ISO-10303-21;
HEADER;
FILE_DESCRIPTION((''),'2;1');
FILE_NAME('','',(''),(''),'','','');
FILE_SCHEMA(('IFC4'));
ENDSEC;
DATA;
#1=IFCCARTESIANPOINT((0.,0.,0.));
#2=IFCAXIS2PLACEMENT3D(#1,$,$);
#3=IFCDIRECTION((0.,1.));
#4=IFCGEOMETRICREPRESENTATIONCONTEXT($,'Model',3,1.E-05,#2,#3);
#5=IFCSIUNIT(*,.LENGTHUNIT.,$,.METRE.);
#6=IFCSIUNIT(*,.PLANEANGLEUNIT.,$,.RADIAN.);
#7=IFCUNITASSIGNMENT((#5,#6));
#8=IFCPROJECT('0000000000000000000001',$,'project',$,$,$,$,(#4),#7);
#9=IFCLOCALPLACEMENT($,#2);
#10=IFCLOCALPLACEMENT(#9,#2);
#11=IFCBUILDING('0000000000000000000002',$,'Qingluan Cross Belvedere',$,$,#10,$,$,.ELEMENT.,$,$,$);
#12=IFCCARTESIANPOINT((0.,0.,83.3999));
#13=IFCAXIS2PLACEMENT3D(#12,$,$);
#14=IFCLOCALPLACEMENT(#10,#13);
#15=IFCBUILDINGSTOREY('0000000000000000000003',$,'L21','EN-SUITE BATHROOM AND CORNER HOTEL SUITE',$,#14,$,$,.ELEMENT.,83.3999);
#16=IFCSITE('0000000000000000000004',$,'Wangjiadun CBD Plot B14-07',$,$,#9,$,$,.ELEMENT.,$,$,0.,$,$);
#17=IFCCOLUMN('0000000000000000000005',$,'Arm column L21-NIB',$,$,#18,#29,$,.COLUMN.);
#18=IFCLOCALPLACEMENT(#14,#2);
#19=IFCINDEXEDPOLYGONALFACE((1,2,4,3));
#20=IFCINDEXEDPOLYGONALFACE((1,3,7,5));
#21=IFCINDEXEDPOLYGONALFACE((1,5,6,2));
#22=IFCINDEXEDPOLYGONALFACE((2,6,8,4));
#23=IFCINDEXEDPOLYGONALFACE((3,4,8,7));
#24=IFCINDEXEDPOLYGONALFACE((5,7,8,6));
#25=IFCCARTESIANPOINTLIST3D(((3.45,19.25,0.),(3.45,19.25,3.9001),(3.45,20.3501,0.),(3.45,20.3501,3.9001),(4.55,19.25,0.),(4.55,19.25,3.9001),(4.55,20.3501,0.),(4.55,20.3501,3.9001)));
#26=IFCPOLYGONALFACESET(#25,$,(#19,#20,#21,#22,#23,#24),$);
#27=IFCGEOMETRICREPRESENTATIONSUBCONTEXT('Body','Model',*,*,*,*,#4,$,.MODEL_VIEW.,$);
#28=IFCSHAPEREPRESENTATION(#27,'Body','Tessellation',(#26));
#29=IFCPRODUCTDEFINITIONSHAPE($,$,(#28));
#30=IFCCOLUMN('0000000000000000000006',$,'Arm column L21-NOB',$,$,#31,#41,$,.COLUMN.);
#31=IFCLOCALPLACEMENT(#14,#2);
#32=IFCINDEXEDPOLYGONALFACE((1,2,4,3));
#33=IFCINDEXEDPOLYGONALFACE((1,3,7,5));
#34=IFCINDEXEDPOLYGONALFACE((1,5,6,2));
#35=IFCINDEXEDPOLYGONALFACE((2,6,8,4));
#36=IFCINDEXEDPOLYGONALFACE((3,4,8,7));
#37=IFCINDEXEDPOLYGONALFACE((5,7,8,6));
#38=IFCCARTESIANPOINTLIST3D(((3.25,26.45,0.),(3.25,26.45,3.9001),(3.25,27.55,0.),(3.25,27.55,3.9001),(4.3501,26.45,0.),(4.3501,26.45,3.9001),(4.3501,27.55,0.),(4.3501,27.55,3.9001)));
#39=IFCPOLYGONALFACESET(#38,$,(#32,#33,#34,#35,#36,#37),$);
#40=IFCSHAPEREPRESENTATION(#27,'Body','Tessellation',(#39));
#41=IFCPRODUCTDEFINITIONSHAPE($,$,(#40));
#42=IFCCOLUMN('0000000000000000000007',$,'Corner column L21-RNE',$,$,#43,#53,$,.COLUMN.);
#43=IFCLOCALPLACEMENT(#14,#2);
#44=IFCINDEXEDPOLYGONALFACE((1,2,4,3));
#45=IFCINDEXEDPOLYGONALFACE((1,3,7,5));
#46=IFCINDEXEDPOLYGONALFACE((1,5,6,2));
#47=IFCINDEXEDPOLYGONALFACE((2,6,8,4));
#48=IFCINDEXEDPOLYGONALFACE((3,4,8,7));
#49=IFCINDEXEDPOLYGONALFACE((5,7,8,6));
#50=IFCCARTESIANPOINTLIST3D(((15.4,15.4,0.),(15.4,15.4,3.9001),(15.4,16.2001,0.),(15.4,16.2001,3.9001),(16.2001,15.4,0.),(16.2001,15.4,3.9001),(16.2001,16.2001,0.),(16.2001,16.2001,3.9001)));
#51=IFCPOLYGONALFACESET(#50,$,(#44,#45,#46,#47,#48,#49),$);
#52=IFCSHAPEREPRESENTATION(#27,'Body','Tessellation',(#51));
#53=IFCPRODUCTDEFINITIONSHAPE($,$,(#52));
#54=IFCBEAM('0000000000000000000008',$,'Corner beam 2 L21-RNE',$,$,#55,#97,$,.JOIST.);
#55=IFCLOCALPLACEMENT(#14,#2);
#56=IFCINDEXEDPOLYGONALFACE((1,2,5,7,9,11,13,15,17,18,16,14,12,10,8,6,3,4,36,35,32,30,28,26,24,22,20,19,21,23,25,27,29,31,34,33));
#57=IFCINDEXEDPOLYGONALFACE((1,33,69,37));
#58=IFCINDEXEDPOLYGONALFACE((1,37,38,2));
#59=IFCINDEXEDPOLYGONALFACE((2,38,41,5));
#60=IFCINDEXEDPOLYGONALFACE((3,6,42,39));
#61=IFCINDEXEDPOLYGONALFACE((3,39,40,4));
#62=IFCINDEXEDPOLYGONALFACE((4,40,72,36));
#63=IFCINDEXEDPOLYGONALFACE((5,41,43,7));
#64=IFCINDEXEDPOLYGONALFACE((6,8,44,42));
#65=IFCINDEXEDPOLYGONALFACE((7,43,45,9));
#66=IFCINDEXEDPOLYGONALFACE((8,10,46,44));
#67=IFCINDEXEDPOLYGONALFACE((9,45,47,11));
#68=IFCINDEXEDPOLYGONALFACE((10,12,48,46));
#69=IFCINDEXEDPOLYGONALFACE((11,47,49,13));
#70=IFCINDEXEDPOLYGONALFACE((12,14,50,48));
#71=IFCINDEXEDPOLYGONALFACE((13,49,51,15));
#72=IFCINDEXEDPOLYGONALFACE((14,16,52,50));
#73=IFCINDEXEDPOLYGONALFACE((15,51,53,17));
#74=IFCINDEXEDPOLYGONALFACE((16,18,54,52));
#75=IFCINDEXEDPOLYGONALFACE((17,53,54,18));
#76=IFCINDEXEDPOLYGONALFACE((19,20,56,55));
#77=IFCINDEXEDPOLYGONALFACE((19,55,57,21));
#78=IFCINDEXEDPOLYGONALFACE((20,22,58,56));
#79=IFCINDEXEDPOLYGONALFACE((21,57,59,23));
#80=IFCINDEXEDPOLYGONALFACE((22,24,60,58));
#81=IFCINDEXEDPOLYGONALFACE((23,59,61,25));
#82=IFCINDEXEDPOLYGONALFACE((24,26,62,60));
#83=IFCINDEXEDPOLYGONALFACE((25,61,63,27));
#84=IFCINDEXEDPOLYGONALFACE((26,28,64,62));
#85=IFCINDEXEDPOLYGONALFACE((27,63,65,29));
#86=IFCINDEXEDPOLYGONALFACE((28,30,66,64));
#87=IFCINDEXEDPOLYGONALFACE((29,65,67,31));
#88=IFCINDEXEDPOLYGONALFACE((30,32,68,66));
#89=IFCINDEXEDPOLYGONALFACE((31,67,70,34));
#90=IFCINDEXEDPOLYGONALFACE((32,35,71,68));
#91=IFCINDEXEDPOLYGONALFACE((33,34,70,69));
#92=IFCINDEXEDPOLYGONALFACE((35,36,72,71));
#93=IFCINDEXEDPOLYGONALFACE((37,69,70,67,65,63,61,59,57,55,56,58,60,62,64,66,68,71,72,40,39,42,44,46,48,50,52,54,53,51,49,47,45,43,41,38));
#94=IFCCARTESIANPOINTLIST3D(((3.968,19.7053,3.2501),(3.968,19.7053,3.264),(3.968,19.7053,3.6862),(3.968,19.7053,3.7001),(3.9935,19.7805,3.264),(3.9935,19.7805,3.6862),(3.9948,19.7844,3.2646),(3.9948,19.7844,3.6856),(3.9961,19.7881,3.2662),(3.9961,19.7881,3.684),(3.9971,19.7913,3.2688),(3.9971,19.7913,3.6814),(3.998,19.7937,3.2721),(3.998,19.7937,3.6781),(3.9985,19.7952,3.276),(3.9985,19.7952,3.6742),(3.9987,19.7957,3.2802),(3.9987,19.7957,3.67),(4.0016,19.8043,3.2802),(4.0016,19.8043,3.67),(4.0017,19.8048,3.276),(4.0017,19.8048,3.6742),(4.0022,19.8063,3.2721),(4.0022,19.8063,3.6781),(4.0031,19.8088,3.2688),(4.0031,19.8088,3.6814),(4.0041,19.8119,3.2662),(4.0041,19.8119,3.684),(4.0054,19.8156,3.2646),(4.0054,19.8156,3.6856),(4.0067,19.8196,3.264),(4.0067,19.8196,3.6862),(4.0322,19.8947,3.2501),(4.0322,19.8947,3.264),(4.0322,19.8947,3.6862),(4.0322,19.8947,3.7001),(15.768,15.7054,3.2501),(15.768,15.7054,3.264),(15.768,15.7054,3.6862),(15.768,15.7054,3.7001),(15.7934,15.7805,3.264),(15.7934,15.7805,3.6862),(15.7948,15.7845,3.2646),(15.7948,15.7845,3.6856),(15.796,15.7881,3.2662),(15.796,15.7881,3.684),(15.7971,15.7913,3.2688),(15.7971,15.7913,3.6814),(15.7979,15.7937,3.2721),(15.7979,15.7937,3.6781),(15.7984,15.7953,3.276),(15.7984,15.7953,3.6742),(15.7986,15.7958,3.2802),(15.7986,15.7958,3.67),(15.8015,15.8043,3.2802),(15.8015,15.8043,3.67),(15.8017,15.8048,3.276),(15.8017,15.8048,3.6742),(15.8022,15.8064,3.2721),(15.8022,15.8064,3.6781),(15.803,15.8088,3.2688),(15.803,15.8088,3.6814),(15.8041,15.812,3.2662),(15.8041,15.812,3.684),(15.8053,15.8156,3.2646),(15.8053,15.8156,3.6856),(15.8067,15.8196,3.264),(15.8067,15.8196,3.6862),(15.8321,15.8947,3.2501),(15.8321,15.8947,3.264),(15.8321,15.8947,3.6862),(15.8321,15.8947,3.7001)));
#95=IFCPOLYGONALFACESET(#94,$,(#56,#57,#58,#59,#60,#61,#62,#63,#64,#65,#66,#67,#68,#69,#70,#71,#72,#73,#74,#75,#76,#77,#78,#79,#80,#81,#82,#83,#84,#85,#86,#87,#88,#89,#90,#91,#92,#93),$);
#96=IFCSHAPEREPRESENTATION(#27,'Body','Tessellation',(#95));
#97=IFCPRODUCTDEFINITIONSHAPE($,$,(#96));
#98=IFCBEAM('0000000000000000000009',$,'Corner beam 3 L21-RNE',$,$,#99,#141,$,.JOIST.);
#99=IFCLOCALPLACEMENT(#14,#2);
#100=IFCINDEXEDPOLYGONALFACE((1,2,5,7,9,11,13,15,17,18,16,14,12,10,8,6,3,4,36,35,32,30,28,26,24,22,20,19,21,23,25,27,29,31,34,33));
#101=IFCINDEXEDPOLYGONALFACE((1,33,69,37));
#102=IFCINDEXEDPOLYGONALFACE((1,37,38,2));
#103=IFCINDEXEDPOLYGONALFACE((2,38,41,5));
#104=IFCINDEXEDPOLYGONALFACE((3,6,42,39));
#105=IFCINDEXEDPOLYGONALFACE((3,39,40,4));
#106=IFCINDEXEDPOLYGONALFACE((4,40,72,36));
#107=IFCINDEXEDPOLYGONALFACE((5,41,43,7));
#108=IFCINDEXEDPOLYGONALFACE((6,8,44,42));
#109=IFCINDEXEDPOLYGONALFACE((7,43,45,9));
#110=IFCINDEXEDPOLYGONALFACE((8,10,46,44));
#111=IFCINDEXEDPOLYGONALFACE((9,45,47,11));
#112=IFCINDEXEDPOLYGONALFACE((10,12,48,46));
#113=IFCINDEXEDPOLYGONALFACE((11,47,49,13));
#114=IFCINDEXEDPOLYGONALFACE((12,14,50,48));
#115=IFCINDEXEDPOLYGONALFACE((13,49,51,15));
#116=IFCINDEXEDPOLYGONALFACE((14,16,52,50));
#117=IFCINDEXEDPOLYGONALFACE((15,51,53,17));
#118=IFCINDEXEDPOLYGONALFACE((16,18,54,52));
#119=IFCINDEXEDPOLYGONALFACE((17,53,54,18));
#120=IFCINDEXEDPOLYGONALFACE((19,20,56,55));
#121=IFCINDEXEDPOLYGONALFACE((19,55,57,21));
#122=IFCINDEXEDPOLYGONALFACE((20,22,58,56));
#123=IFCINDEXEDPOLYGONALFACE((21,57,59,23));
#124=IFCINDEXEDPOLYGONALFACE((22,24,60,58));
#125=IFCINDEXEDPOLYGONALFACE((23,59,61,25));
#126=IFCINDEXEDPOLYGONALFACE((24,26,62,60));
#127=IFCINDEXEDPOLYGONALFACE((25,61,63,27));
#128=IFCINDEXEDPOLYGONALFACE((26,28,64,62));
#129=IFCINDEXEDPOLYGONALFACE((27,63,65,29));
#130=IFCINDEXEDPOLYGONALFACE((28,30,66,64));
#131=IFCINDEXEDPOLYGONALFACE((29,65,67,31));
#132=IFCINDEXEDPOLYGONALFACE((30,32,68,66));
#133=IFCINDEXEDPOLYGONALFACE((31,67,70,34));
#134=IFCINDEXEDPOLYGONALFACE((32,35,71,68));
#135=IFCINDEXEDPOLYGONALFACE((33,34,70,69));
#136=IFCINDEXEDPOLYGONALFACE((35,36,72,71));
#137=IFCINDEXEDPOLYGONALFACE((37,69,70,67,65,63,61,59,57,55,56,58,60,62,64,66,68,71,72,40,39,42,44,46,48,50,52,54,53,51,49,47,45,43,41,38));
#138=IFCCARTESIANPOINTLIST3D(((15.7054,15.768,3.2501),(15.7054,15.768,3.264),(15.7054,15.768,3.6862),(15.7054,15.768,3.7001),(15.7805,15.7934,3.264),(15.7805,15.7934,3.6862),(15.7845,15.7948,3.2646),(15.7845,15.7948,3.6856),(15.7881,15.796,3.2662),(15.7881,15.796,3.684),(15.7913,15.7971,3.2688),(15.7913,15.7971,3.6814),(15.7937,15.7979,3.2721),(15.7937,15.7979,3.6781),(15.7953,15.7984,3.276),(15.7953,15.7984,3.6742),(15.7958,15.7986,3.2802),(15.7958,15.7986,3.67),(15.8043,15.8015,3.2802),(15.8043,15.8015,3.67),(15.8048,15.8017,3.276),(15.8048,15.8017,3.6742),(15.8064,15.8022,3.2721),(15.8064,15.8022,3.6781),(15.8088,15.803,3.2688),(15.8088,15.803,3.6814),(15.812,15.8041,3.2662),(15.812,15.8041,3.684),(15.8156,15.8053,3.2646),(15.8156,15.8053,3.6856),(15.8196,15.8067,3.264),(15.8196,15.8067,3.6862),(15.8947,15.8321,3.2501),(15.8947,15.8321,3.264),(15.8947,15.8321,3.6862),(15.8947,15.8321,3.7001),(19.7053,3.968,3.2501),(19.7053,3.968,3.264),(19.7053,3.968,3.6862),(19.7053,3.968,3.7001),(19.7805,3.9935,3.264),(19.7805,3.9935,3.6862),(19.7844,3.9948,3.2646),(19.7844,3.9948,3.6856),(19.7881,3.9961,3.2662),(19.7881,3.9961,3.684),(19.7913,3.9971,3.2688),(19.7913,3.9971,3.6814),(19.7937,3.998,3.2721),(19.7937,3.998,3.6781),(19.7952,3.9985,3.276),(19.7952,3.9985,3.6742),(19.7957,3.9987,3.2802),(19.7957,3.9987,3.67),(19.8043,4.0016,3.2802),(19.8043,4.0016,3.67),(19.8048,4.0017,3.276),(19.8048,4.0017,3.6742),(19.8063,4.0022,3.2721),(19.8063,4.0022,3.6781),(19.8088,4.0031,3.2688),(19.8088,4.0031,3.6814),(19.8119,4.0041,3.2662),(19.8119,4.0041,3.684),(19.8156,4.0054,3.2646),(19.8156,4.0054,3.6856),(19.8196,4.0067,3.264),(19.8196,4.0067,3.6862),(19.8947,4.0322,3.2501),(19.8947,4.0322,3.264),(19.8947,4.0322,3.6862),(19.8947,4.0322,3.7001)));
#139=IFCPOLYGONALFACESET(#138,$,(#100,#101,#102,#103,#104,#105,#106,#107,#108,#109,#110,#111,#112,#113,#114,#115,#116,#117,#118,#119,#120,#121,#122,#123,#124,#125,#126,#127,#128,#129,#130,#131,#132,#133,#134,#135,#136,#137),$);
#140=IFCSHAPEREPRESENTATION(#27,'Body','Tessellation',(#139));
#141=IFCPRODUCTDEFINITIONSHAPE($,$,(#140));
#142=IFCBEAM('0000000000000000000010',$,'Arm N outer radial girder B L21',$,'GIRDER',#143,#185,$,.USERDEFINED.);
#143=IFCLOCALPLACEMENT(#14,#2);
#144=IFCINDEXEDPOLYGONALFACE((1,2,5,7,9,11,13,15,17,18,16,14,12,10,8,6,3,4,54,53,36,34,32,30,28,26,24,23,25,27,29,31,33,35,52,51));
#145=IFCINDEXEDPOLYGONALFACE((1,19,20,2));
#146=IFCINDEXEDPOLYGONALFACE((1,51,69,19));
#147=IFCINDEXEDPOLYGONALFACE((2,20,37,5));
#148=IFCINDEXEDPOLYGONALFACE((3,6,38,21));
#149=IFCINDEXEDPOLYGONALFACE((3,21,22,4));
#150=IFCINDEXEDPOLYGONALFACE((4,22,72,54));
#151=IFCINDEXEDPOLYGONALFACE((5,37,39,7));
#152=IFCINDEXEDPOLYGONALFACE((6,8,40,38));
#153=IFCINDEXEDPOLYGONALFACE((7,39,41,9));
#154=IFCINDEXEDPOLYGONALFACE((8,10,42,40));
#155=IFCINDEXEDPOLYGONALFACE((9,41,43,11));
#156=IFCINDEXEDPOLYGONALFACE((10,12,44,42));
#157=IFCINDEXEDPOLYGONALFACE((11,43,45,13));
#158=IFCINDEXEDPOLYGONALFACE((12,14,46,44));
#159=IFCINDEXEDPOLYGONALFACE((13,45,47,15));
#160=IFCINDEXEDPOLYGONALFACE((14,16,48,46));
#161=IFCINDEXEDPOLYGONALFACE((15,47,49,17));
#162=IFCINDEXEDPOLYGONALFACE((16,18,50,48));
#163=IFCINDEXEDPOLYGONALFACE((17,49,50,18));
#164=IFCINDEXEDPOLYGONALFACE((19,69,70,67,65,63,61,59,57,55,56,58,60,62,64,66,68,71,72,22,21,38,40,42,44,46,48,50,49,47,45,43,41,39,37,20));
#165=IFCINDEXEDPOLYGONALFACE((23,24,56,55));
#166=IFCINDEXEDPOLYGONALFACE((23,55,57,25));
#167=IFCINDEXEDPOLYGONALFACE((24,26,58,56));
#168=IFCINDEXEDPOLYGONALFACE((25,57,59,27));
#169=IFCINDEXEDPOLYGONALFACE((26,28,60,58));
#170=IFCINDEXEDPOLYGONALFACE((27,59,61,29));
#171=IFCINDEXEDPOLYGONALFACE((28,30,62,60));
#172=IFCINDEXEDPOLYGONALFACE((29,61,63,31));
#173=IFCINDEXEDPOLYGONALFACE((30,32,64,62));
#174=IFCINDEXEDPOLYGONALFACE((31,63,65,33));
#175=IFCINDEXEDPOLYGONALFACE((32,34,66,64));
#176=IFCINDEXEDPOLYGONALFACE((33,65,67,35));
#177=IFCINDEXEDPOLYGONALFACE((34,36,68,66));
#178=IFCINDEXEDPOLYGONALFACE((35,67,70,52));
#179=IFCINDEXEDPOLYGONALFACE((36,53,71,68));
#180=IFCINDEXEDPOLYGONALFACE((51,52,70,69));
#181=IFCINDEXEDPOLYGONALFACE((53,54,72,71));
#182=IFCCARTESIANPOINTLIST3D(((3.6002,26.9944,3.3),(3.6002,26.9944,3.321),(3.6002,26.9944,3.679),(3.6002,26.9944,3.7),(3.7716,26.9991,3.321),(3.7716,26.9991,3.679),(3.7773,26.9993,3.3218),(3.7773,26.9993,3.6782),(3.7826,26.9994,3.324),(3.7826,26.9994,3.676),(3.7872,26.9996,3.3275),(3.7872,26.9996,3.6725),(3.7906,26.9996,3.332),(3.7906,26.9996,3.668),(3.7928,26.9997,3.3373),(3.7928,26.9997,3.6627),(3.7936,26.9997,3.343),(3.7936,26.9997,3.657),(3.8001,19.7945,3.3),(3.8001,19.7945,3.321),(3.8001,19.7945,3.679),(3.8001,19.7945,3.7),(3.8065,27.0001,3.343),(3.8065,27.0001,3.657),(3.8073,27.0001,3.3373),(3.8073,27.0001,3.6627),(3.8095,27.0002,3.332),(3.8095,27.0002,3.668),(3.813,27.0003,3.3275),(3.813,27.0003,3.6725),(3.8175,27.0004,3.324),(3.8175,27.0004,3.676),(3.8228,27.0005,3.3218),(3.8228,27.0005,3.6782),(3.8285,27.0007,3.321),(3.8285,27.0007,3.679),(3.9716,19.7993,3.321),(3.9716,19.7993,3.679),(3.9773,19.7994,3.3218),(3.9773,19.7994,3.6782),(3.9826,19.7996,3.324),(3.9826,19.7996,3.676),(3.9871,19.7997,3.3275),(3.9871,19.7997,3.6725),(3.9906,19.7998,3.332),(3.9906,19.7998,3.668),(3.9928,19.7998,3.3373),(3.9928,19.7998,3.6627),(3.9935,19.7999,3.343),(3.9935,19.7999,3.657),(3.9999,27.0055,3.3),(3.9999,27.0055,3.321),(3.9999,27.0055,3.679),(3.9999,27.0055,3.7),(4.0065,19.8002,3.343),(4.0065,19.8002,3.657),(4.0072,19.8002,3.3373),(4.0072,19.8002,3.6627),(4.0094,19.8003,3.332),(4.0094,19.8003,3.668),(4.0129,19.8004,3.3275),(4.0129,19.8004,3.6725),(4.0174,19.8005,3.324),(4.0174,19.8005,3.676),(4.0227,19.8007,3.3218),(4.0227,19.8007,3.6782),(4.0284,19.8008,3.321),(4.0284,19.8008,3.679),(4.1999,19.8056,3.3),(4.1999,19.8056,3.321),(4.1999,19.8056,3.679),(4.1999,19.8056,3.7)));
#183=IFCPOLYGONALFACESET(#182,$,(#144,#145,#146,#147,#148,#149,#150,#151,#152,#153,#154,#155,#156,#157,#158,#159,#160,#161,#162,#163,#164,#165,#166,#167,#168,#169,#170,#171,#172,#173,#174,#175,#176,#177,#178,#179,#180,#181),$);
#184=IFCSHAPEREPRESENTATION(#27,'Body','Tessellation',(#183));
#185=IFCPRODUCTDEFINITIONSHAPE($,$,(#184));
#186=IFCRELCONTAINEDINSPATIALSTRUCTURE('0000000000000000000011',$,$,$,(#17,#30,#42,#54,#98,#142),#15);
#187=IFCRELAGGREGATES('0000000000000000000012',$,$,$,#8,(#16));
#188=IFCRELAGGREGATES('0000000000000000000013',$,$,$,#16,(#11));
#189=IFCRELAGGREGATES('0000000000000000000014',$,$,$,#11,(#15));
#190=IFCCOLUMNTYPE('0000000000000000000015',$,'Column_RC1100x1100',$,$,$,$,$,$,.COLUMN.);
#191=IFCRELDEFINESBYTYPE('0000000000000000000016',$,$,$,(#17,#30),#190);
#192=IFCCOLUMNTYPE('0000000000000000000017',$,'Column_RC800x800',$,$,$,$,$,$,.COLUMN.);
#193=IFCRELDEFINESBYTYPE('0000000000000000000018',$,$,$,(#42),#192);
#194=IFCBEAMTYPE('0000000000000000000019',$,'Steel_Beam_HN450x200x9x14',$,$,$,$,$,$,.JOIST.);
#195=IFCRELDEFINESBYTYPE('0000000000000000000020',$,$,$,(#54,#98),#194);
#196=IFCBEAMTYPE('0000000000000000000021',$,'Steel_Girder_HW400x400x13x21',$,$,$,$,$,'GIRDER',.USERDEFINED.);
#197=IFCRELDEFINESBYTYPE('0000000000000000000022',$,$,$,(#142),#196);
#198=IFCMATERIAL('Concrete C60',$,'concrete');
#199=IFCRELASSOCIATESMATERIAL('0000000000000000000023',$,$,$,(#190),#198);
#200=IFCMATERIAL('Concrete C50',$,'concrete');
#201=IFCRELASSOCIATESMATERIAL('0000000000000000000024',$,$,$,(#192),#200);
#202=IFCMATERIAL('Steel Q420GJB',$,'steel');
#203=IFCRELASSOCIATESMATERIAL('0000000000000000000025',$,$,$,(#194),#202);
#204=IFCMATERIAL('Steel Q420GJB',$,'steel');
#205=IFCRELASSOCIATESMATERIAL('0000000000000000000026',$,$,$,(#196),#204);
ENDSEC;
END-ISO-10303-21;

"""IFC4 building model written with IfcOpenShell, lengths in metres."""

from ifc_helpers import new_model, si_unit, direction, frame, origin, origin_2d, place, context, subcontext, project, spatial, rectangle, i_section, extrude, material, material_profile, profile_set, type_object, element, save


model = new_model("IFC4")

# Units and contexts
model_context = context("Model", 3, precision=1e-05, world=origin(), true_north=direction((0.0, 1.0)))
body_context = subcontext(model_context, "Body", "Model", "MODEL_VIEW")
ifc_project = project(units=[si_unit("LENGTHUNIT", "METRE"), si_unit("PLANEANGLEUNIT", "RADIAN")], contexts=[model_context])

# Site, building, storey
site_placement = place(None, origin())
site = spatial("IfcSite", under=ifc_project, at=site_placement, Name="Wangjiadun CBD Plot B14-07", CompositionType="ELEMENT", RefElevation=0.0)
building_placement = place(site_placement, origin())
building = spatial("IfcBuilding", under=site, at=building_placement, Name="Qingluan Cross Belvedere", CompositionType="ELEMENT")
storey_placement = place(building_placement, frame((0.0, 0.0, 83.3999)))
storey = spatial("IfcBuildingStorey", under=building, at=storey_placement, Name="L21", Description="EN-SUITE BATHROOM AND CORNER HOTEL SUITE", CompositionType="ELEMENT", Elevation=83.3999)

# Columns
ifc_material_1 = material(Name="Concrete C60", Category="concrete")
ifc_material_profile_1 = material_profile(ifc_material_1, rectangle(XDim=1.1001, YDim=1.1001, at=origin_2d()), Name="RC1100x1100")
ifc_profile_set_1 = profile_set([ifc_material_profile_1], Name="Concrete C60")
column_type_1 = type_object("IfcColumnType", Name="Column_RC1100x1100", PredefinedType="COLUMN", material=ifc_profile_set_1)
for number, where, z_axis, x_axis, name in (
    (1, (4.0, 19.8, 0.0), (0.0, 0.0, 1.0), (1.0, 0.0, 0.0), "Arm column L21-NIB"),
    (2, (3.8, 27.0, 0.0), (0.0, 0.0, 1.0), (1.0, 0.0, 0.0), "Arm column L21-NOB"),
):
    element("IfcColumn", number, at=place(storey_placement, frame(where, z_axis=z_axis, x_axis=x_axis)), inside=storey, type_object=column_type_1, Name=name, PredefinedType="COLUMN", context=body_context, shape_type="SweptSolid", body=[
        extrude(rectangle(XDim=1.1001, YDim=1.1001, at=origin_2d()), origin(), (0.0, 0.0, 1.0), 3.9001),
    ])
ifc_material_2 = material(Name="Concrete C50", Category="concrete")
ifc_material_profile_2 = material_profile(ifc_material_2, rectangle(XDim=0.8, YDim=0.8, at=origin_2d()), Name="RC800x800")
ifc_profile_set_2 = profile_set([ifc_material_profile_2], Name="Concrete C50")
column_type_2 = type_object("IfcColumnType", Name="Column_RC800x800", PredefinedType="COLUMN", material=ifc_profile_set_2)
column_placement = place(storey_placement, frame((15.8, 15.8, 0.0), z_axis=(0.0, 0.0, 1.0), x_axis=(1.0, 0.0, 0.0)))
element("IfcColumn", 3, at=column_placement, inside=storey, type_object=column_type_2, Name="Corner column L21-RNE", PredefinedType="COLUMN", context=body_context, shape_type="SweptSolid", body=[
    extrude(rectangle(XDim=0.8, YDim=0.8, at=origin_2d()), origin(), (0.0, 0.0, 1.0), 3.9001),
])

# Beams
ifc_material_3 = material(Name="Steel Q420GJB", Category="steel")
ifc_material_profile_3 = material_profile(ifc_material_3, i_section(OverallWidth=0.2, OverallDepth=0.45, WebThickness=0.009, FlangeThickness=0.0139, FilletRadius=0.0161, at=origin_2d()), Name="HN450x200x9x14")
ifc_profile_set_3 = profile_set([ifc_material_profile_3], Name="Steel Q420GJB")
beam_type_1 = type_object("IfcBeamType", Name="Steel_Beam_HN450x200x9x14", PredefinedType="JOIST", material=ifc_profile_set_3)
for number, where, z_axis, x_axis, name in (
    (4, (15.8, 15.8, 3.4751), (-0.947066, 0.321038, 0.0), (-0.321038, -0.947066, 0.0), "Corner beam 2 L21-RNE"),
    (5, (15.8, 15.8, 3.4751), (0.321038, -0.947066, 0.0), (0.947066, 0.321038, 0.0), "Corner beam 3 L21-RNE"),
):
    element("IfcBeam", number, at=place(storey_placement, frame(where, z_axis=z_axis, x_axis=x_axis)), inside=storey, type_object=beam_type_1, Name=name, PredefinedType="JOIST", context=body_context, shape_type="SweptSolid", body=[
        extrude(i_section(OverallWidth=0.2, OverallDepth=0.45, WebThickness=0.009, FlangeThickness=0.0139, FilletRadius=0.0161, at=origin_2d()), origin(), (0.0, 0.0, 1.0), 12.4595),
    ])
ifc_material_4 = material(Name="Steel Q420GJB", Category="steel")
ifc_material_profile_4 = material_profile(ifc_material_4, i_section(OverallWidth=0.3999, OverallDepth=0.3999, WebThickness=0.0129, FlangeThickness=0.021, FilletRadius=0.022, at=origin_2d()), Name="HW400x400x13x21")
ifc_profile_set_4 = profile_set([ifc_material_profile_4], Name="Steel Q420GJB")
beam_type_2 = type_object("IfcBeamType", Name="Steel_Girder_HW400x400x13x21", ElementType="GIRDER", PredefinedType="USERDEFINED", material=ifc_profile_set_4)
beam_placement = place(storey_placement, frame((4.0, 19.8, 3.5), z_axis=(-0.02776, 0.999615, 0.0), x_axis=(-0.999615, -0.02776, 0.0)))
element("IfcBeam", 6, at=beam_placement, inside=storey, type_object=beam_type_2, Name="Arm N outer radial girder B L21", ObjectType="GIRDER", PredefinedType="USERDEFINED", context=body_context, shape_type="SweptSolid", body=[
    extrude(i_section(OverallWidth=0.3999, OverallDepth=0.3999, WebThickness=0.0129, FlangeThickness=0.021, FilletRadius=0.022, at=origin_2d()), origin(), (0.0, 0.0, 1.0), 7.2026),
])

save(model, "model.ifc")
